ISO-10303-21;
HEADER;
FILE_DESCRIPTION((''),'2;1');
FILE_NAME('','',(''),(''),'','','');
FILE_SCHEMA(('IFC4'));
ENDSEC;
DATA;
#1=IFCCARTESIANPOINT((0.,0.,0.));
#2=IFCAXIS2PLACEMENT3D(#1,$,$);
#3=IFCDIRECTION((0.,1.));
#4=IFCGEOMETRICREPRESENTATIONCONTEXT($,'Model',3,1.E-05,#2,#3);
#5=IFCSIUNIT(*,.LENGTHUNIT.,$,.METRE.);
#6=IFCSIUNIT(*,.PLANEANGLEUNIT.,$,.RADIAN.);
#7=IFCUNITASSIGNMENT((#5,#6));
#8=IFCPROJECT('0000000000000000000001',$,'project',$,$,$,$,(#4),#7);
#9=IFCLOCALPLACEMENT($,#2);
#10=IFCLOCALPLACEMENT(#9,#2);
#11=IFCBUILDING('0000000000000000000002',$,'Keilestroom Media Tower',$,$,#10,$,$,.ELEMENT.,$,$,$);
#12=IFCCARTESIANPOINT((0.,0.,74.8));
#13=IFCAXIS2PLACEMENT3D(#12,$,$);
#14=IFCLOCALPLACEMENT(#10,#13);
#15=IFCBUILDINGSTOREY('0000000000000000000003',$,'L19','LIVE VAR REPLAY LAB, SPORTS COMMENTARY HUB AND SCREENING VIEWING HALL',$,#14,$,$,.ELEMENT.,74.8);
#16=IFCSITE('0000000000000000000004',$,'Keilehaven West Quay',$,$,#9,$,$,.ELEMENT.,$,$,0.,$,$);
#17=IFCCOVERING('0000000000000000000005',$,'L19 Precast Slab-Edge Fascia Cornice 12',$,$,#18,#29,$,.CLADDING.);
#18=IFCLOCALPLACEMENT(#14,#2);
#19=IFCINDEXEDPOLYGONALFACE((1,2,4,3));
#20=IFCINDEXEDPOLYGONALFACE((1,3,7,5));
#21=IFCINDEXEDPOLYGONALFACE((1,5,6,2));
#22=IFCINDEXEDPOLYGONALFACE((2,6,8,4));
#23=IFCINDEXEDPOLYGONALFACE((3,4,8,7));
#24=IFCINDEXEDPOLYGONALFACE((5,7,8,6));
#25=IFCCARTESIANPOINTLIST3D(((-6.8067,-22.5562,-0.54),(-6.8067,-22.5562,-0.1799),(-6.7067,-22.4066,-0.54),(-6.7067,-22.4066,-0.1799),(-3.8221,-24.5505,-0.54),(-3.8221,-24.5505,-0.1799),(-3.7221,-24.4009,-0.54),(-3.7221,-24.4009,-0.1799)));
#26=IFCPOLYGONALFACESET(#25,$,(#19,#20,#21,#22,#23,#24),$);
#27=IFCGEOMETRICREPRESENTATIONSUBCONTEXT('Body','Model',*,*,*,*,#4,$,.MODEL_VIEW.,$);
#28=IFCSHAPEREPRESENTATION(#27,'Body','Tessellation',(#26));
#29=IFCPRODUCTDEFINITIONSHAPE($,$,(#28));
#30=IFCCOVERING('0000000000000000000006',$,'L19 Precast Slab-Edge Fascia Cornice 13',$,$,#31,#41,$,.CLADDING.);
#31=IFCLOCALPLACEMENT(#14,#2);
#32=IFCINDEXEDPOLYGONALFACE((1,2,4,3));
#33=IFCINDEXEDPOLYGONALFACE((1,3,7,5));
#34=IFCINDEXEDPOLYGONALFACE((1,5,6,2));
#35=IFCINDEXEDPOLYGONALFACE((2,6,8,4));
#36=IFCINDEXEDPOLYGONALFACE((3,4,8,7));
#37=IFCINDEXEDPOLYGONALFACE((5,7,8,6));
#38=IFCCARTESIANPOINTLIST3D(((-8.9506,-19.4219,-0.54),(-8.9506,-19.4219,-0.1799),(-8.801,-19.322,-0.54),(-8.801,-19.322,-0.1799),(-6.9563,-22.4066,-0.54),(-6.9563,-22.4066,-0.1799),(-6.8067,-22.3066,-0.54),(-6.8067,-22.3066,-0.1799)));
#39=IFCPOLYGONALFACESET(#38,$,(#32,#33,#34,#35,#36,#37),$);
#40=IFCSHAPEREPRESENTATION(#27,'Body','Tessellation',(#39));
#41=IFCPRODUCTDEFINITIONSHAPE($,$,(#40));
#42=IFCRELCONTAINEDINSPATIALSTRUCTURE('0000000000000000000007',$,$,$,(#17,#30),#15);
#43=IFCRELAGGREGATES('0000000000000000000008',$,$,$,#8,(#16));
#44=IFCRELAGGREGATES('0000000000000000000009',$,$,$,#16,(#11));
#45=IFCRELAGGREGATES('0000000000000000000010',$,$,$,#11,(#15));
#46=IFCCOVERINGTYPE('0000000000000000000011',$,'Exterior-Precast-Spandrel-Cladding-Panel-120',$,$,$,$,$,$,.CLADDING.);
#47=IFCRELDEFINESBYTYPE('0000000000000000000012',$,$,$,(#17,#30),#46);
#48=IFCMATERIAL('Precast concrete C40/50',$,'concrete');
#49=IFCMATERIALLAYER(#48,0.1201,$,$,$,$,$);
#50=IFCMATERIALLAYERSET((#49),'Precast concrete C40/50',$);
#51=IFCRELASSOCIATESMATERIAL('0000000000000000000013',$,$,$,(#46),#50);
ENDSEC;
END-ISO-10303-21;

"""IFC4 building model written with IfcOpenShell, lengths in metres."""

from ifc_helpers import new_model, si_unit, direction, frame, origin, origin_2d, place, context, subcontext, project, spatial, rectangle, extrude, source, transform, mapped, material, layer, layer_set, type_object, element, save


model = new_model("IFC4")

# Units and contexts
model_context = context("Model", 3, precision=1e-05, world=origin(), true_north=direction((0.0, 1.0)))
body_context = subcontext(model_context, "Body", "Model", "MODEL_VIEW")
ifc_project = project(units=[si_unit("LENGTHUNIT", "METRE"), si_unit("PLANEANGLEUNIT", "RADIAN")], contexts=[model_context])

# Site, building, storey
site_placement = place(None, origin())
site = spatial("IfcSite", under=ifc_project, at=site_placement, Name="Keilehaven West Quay", CompositionType="ELEMENT", RefElevation=0.0)
building_placement = place(site_placement, origin())
building = spatial("IfcBuilding", under=site, at=building_placement, Name="Keilestroom Media Tower", CompositionType="ELEMENT")
storey_placement = place(building_placement, frame((0.0, 0.0, 74.8)))
storey = spatial("IfcBuildingStorey", under=building, at=storey_placement, Name="L19", Description="LIVE VAR REPLAY LAB, SPORTS COMMENTARY HUB AND SCREENING VIEWING HALL", CompositionType="ELEMENT", Elevation=74.8)

# Shared definitions
ifc_material_1 = material(Name="Precast concrete C40/50", Category="concrete")

# Coverings
ifc_layer_1 = layer(ifc_material_1, 0.1201)
ifc_layer_set_1 = layer_set([ifc_layer_1], Name="Precast concrete C40/50")
covering_type = type_object("IfcCoveringType", Name="Exterior-Precast-Spandrel-Cladding-Panel-120", PredefinedType="CLADDING", material=ifc_layer_set_1)
shared_shape_1 = source(origin(), body_context, "Body", "SweptSolid", [
    extrude(rectangle(XDim=3.5896, YDim=0.1799, at=origin_2d()), origin(), (0.0, 0.0, 1.0), 0.3601),
])
for number, where, z_axis, x_axis, name in (
    (1, (-5.2644, -23.4785, -0.54), (0.0, 0.0, 1.0), (-0.831467, 0.555575, 0.0), "L19 Precast Slab-Edge Fascia Cornice 12"),
    (2, (-7.8787, -20.8643, -0.54), (0.0, 0.0, 1.0), (-0.555575, 0.831467, 0.0), "L19 Precast Slab-Edge Fascia Cornice 13"),
):
    element("IfcCovering", number, at=place(storey_placement, frame(where, z_axis=z_axis, x_axis=x_axis)), inside=storey, type_object=covering_type, Name=name, PredefinedType="CLADDING", context=body_context, shape_type="MappedRepresentation", body=[
        mapped(shared_shape_1, transform((0.0, 0.0, 0.0), x_axis=(1.0, 0.0, 0.0), y_axis=(0.0, 1.0, 0.0), z_axis=(0.0, 0.0, 1.0), scale=1.0)),
    ])

save(model, "model.ifc")
